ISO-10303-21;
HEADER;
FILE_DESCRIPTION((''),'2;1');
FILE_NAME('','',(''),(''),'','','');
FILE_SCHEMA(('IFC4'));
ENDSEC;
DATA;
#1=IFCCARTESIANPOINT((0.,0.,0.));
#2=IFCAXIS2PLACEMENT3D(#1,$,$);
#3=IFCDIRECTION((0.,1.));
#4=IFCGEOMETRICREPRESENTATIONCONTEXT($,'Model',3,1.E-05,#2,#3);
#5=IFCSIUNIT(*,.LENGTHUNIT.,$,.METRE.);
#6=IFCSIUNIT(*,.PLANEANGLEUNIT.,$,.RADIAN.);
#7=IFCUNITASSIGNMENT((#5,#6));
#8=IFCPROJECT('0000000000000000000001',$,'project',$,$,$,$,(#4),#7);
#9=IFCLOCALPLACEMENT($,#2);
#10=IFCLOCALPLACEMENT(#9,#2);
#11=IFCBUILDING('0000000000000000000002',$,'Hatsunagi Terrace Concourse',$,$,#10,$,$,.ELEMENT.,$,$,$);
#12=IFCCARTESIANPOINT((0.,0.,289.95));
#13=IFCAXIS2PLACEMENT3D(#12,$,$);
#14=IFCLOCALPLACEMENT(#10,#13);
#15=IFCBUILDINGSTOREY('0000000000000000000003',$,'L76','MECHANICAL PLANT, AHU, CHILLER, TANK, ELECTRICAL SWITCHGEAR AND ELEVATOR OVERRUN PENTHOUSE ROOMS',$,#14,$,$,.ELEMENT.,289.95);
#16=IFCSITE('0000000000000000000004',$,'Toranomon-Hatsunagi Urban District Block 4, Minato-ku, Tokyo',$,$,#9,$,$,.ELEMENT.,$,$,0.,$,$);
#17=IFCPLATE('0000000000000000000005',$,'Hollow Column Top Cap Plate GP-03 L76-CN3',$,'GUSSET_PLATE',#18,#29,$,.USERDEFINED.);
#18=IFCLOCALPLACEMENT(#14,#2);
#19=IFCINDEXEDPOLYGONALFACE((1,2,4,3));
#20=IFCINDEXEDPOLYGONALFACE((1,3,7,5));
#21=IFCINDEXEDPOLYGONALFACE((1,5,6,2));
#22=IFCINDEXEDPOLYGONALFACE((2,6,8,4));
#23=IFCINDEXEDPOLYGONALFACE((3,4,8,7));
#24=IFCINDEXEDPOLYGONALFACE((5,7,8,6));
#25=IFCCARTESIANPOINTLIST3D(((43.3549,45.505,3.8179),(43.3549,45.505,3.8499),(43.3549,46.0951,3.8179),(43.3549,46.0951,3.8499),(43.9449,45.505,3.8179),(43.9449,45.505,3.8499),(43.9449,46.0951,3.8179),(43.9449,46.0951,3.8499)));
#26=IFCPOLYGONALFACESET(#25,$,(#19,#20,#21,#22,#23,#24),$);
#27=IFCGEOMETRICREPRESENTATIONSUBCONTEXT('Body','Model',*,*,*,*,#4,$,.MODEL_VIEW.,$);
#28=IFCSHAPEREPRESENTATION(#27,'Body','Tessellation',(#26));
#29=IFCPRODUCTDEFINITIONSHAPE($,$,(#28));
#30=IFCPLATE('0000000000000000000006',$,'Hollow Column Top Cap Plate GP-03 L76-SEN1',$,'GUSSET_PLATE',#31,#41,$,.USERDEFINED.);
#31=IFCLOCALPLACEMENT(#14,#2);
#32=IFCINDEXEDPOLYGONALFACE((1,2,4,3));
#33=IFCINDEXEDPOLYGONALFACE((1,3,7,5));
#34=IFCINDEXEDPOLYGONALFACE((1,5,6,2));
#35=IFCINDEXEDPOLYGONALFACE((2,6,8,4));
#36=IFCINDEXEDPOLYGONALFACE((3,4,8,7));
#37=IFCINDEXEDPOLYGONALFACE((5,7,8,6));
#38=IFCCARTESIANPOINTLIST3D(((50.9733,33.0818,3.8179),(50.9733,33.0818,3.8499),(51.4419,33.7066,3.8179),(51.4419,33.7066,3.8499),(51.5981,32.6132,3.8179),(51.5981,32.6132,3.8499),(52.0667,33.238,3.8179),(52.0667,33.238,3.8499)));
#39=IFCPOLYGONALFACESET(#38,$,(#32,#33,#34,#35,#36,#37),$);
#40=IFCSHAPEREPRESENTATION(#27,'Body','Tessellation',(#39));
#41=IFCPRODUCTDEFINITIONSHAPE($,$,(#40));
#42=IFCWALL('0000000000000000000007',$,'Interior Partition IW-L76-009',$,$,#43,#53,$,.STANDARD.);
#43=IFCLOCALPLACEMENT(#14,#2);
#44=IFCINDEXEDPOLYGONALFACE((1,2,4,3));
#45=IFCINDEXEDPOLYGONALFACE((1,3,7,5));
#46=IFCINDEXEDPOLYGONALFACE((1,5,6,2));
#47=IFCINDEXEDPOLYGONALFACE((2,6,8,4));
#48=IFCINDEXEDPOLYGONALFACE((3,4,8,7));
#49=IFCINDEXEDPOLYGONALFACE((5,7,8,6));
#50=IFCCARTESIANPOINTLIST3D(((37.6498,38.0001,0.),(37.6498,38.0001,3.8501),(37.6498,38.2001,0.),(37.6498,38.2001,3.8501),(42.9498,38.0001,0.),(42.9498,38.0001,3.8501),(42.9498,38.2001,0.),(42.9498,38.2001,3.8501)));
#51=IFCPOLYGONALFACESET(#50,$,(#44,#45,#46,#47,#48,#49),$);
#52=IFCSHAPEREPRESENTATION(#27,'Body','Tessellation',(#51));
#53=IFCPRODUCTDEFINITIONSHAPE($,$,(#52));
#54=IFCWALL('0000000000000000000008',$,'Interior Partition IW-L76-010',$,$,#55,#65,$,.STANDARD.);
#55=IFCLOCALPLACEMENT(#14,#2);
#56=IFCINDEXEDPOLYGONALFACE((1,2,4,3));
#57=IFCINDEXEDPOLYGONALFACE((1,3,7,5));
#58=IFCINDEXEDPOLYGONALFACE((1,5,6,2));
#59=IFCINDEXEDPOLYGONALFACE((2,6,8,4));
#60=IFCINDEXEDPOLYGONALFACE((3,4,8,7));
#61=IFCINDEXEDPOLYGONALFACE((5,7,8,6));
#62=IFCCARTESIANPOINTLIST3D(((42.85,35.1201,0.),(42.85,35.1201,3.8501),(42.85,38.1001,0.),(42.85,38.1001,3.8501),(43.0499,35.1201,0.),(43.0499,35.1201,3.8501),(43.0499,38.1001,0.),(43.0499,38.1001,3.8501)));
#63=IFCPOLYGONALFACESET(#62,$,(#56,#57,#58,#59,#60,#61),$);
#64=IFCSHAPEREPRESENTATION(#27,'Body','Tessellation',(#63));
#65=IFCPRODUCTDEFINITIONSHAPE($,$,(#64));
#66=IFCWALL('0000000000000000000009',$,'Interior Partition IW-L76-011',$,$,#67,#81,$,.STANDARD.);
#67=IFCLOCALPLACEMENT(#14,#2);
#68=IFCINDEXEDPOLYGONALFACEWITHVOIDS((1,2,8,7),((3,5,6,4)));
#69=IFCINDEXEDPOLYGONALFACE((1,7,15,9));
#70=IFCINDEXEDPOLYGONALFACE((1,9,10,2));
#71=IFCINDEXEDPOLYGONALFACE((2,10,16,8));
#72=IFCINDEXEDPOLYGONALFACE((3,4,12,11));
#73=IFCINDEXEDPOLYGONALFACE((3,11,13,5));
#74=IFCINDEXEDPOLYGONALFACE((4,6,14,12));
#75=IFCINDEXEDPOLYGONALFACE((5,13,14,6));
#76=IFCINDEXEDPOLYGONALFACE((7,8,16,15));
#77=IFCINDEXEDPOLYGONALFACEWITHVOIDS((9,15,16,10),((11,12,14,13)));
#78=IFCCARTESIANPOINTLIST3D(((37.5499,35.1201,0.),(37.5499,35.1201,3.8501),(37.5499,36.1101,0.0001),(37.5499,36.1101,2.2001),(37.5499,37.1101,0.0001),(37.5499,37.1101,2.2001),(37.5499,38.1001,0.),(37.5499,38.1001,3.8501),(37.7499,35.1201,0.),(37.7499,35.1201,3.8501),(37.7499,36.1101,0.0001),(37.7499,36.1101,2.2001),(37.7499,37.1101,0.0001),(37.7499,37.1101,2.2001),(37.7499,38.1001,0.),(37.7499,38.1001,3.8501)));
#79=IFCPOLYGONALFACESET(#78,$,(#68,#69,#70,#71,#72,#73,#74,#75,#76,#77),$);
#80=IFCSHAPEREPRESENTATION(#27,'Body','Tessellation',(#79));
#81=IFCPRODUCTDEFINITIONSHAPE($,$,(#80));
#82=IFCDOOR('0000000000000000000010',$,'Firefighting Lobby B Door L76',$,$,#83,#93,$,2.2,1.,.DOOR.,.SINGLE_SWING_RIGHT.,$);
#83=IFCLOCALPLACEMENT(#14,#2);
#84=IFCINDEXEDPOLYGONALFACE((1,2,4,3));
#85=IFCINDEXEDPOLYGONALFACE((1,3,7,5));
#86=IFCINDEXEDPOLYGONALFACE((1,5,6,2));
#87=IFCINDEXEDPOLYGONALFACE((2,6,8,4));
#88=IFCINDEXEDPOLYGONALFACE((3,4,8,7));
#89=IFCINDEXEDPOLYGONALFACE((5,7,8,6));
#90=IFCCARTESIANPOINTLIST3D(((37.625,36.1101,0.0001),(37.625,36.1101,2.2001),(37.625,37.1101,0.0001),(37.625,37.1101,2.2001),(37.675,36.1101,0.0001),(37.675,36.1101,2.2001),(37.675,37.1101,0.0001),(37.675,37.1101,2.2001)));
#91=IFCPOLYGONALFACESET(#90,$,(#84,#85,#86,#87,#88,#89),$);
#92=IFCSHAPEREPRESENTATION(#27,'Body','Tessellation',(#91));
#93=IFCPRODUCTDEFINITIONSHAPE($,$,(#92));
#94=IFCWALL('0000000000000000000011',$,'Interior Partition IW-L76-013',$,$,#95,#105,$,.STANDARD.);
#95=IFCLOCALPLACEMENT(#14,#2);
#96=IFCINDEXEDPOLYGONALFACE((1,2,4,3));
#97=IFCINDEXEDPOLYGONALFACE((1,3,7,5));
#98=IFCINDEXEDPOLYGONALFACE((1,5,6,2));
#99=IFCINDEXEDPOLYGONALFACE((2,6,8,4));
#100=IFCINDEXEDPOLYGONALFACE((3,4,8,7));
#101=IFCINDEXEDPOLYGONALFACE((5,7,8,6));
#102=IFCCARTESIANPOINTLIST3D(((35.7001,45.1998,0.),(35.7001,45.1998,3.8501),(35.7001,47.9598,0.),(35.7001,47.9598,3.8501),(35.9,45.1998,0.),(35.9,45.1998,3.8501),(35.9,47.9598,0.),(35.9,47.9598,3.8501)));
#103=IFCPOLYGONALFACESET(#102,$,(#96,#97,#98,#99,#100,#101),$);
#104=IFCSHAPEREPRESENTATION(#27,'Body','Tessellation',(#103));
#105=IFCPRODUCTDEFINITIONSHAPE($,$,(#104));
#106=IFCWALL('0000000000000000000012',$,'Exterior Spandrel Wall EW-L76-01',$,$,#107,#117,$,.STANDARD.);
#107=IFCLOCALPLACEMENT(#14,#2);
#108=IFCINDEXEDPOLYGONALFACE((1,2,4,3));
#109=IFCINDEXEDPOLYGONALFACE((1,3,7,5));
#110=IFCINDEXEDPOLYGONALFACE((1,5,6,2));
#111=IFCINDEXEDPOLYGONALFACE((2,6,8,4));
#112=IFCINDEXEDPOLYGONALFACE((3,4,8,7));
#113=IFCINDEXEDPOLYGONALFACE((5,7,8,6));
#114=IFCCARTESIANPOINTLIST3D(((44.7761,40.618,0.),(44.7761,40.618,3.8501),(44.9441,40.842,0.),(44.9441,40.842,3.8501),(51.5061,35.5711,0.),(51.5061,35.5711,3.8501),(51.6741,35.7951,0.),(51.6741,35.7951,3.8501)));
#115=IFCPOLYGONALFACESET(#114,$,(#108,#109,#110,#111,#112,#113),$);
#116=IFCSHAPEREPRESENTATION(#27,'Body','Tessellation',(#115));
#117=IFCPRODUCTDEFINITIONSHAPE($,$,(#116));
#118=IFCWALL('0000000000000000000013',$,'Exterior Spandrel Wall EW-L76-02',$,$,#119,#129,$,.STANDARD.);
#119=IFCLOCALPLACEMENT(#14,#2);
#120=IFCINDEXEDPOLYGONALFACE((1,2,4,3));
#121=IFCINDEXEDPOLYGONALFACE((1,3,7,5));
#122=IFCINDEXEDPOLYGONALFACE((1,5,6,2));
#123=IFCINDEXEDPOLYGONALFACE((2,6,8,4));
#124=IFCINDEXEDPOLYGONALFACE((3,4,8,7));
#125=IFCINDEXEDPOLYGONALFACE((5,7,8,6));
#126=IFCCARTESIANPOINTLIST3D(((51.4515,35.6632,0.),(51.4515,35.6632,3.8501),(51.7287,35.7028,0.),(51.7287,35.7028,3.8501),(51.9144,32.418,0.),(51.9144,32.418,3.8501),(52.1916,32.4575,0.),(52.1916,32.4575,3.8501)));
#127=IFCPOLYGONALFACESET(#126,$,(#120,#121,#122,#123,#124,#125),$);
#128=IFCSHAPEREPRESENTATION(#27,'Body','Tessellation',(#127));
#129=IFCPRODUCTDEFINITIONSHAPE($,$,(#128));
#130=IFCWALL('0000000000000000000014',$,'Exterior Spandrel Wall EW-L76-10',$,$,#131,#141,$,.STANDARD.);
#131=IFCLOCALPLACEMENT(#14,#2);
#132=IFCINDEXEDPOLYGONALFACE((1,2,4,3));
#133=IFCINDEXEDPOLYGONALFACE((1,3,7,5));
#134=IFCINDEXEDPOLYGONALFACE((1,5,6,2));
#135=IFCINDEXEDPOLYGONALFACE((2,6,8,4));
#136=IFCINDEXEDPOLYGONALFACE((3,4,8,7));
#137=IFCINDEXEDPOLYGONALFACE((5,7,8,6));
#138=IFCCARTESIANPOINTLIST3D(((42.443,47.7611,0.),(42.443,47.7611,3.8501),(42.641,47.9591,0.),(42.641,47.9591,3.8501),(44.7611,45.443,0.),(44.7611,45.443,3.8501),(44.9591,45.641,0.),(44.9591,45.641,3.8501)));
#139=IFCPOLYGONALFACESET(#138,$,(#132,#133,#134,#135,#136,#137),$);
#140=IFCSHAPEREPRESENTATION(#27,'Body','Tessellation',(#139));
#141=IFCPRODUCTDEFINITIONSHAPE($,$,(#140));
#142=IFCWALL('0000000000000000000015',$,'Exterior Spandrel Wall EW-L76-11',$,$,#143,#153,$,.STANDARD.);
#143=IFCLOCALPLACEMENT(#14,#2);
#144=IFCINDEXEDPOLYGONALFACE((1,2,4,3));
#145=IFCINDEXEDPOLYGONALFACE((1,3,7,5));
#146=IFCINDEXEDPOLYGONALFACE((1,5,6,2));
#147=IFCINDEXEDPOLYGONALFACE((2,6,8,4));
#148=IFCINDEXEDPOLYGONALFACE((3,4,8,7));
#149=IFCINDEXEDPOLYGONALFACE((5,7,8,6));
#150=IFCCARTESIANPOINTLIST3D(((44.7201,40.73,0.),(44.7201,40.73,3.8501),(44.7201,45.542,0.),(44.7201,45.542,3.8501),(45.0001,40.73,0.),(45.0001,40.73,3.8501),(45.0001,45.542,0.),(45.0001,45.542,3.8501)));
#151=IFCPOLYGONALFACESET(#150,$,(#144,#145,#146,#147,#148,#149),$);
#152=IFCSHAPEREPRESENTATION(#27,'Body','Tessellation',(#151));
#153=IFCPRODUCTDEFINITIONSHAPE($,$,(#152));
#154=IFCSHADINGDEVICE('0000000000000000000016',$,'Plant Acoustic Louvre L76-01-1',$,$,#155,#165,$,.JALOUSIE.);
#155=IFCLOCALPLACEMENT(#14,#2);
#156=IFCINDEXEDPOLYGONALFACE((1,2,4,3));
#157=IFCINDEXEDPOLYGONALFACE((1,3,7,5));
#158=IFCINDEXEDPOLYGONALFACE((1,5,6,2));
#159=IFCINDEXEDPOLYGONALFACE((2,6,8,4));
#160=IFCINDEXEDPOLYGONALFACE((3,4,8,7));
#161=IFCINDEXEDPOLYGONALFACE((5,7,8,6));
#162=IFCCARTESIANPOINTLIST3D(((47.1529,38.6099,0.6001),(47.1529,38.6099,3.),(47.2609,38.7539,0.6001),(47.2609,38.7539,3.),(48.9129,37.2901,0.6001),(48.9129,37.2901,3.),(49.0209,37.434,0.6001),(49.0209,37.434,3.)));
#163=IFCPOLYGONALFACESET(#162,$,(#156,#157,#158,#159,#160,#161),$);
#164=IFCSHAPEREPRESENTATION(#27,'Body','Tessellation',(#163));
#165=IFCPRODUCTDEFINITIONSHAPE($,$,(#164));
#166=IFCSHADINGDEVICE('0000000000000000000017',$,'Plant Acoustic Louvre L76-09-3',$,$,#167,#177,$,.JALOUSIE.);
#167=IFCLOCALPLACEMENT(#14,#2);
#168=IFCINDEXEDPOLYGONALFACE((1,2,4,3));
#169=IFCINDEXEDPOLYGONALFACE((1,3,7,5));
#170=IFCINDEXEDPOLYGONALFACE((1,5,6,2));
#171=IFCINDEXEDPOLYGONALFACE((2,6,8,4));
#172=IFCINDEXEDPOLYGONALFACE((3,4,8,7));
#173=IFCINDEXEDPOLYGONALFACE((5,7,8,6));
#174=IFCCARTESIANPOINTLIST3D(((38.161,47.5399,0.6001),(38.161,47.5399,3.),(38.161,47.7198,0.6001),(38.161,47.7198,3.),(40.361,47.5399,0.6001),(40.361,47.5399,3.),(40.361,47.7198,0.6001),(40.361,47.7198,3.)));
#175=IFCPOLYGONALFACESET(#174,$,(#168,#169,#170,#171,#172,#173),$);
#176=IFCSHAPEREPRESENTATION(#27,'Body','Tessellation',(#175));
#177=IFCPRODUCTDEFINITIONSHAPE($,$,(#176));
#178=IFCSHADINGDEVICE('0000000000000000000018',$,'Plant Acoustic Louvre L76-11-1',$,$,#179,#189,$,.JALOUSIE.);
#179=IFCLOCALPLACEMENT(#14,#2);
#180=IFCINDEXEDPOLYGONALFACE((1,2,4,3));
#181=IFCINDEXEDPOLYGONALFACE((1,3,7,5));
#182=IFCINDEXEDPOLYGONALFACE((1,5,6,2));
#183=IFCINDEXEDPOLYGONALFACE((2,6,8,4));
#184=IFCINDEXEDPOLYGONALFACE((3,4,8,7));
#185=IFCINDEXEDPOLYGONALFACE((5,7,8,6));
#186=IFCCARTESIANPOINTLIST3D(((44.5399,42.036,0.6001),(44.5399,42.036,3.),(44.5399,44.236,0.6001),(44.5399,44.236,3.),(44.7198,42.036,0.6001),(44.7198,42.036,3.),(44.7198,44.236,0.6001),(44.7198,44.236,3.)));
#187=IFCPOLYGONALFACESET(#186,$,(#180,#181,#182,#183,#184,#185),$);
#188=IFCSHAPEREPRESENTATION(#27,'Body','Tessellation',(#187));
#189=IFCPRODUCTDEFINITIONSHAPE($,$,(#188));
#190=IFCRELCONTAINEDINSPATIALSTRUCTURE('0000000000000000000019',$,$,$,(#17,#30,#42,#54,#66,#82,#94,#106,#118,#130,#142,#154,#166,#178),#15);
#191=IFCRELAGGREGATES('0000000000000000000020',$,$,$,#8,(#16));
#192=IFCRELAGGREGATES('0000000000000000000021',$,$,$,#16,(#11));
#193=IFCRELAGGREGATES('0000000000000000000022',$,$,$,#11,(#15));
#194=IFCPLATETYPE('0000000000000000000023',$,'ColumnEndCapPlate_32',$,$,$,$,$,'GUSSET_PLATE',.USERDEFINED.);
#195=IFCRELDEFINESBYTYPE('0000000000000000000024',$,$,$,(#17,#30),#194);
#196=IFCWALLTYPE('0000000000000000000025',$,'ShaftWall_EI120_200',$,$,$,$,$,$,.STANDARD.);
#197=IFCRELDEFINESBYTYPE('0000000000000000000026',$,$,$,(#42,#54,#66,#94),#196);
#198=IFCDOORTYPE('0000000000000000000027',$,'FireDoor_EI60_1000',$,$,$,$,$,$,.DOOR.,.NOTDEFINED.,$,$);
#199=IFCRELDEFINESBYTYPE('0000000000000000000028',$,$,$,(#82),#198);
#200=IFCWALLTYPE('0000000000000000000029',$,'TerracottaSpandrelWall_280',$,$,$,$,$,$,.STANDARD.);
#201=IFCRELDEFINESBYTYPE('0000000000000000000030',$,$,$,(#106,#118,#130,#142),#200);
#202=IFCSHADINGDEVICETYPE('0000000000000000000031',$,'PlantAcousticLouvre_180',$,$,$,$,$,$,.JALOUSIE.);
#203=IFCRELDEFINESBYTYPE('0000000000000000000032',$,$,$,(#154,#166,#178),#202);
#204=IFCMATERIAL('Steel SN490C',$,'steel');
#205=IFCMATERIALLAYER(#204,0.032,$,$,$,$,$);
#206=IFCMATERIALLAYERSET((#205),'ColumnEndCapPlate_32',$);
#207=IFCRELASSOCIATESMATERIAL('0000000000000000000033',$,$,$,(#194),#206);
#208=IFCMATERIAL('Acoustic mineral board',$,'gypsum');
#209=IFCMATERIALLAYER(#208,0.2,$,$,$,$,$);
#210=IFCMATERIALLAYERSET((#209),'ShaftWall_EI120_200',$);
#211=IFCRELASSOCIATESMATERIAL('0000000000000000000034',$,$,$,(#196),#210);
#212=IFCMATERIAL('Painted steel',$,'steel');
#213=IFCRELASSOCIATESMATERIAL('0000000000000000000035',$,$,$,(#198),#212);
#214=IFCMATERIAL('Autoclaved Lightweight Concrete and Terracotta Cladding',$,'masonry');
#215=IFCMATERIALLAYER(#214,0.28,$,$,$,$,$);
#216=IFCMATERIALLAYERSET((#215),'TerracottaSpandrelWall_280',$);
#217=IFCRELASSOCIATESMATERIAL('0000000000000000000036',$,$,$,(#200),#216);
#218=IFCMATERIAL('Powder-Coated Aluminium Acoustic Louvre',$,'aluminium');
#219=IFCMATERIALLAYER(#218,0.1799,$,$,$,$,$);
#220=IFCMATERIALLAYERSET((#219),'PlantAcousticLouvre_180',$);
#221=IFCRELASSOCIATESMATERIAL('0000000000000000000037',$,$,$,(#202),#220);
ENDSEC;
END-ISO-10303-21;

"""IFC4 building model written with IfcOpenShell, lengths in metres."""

from ifc_helpers import new_model, si_unit, direction, frame, frame_2d, origin, origin_2d, place, context, subcontext, project, spatial, rectangle, extrude, material, layer, layer_set, type_object, element, fill, save


model = new_model("IFC4")

# Units and contexts
model_context = context("Model", 3, precision=1e-05, world=origin(), true_north=direction((0.0, 1.0)))
body_context = subcontext(model_context, "Body", "Model", "MODEL_VIEW")
ifc_project = project(units=[si_unit("LENGTHUNIT", "METRE"), si_unit("PLANEANGLEUNIT", "RADIAN")], contexts=[model_context])

# Site, building, storey
site_placement = place(None, origin())
site = spatial("IfcSite", under=ifc_project, at=site_placement, Name="Toranomon-Hatsunagi Urban District Block 4, Minato-ku, Tokyo", CompositionType="ELEMENT", RefElevation=0.0)
building_placement = place(site_placement, origin())
building = spatial("IfcBuilding", under=site, at=building_placement, Name="Hatsunagi Terrace Concourse", CompositionType="ELEMENT")
storey_placement = place(building_placement, frame((0.0, 0.0, 289.95)))
storey = spatial("IfcBuildingStorey", under=building, at=storey_placement, Name="L76", Description="MECHANICAL PLANT, AHU, CHILLER, TANK, ELECTRICAL SWITCHGEAR AND ELEVATOR OVERRUN PENTHOUSE ROOMS", CompositionType="ELEMENT", Elevation=289.95)

# Plates
ifc_material_1 = material(Name="Steel SN490C", Category="steel")
ifc_layer_1 = layer(ifc_material_1, 0.032)
ifc_layer_set_1 = layer_set([ifc_layer_1], Name="ColumnEndCapPlate_32")
plate_type = type_object("IfcPlateType", Name="ColumnEndCapPlate_32", ElementType="GUSSET_PLATE", PredefinedType="USERDEFINED", material=ifc_layer_set_1)
for number, where, z_axis, x_axis, name in (
    (1, (43.6499, 45.8, 3.8179), (0.0, 0.0, 1.0), (1.0, 0.0, 0.0), "Hollow Column Top Cap Plate GP-03 L76-CN3"),
):
    element("IfcPlate", number, at=place(storey_placement, frame(where, z_axis=z_axis, x_axis=x_axis)), inside=storey, type_object=plate_type, Name=name, ObjectType="GUSSET_PLATE", PredefinedType="USERDEFINED", context=body_context, shape_type="SweptSolid", body=[
        extrude(rectangle(XDim=0.5901, YDim=0.5901, at=origin_2d()), origin(), (0.0, 0.0, 1.0), 0.032),
    ])
plate_placement = place(storey_placement, frame((51.52, 33.1599, 3.8179), z_axis=(0.0, 0.0, 1.0), x_axis=(0.8, -0.6, 0.0)))
element("IfcPlate", 2, at=plate_placement, inside=storey, type_object=plate_type, Name="Hollow Column Top Cap Plate GP-03 L76-SEN1", ObjectType="GUSSET_PLATE", PredefinedType="USERDEFINED", context=body_context, shape_type="SweptSolid", body=[
    extrude(rectangle(XDim=0.781, YDim=0.781, at=origin_2d()), origin(), (0.0, 0.0, 1.0), 0.032),
])

# Walls
ifc_material_2 = material(Name="Acoustic mineral board", Category="gypsum")
ifc_layer_2 = layer(ifc_material_2, 0.2)
ifc_layer_set_2 = layer_set([ifc_layer_2], Name="ShaftWall_EI120_200")
wall_type_1 = type_object("IfcWallType", Name="ShaftWall_EI120_200", PredefinedType="STANDARD", material=ifc_layer_set_2)
wall_1_placement = place(storey_placement, frame((37.6499, 38.1001, 0.0), z_axis=(0.0, 0.0, 1.0), x_axis=(1.0, 0.0, 0.0)))
element("IfcWall", 3, at=wall_1_placement, inside=storey, type_object=wall_type_1, Name="Interior Partition IW-L76-009", PredefinedType="STANDARD", context=body_context, shape_type="SweptSolid", body=[
    extrude(rectangle(XDim=5.3, YDim=0.2, at=frame_2d((2.6499, 0.0))), origin(), (0.0, 0.0, 1.0), 3.8501),
])
wall_2_placement = place(storey_placement, frame((42.95, 35.1201, 0.0), z_axis=(0.0, 0.0, 1.0), x_axis=(0.0, 1.0, 0.0)))
element("IfcWall", 4, at=wall_2_placement, inside=storey, type_object=wall_type_1, Name="Interior Partition IW-L76-010", PredefinedType="STANDARD", context=body_context, shape_type="SweptSolid", body=[
    extrude(rectangle(XDim=2.98, YDim=0.2, at=frame_2d((1.49, 0.0))), origin(), (0.0, 0.0, 1.0), 3.8501),
])

# Wall, opening, door
wall_3_placement = place(storey_placement, frame((37.6499, 35.1201, 0.0), z_axis=(0.0, 0.0, 1.0), x_axis=(0.0, 1.0, 0.0)))
wall_3 = element("IfcWall", 5, at=wall_3_placement, inside=storey, type_object=wall_type_1, Name="Interior Partition IW-L76-011", PredefinedType="STANDARD", context=body_context, shape_type="SweptSolid", body=[
    extrude(rectangle(XDim=2.98, YDim=0.2, at=frame_2d((1.49, 0.0))), origin(), (0.0, 0.0, 1.0), 3.8501),
])
opening_1_placement = place(wall_3_placement, frame((0.99, 0.0, 0.0)))
opening_1 = element("IfcOpeningElement", 6, at=opening_1_placement, cuts=wall_3, PredefinedType="OPENING", context=body_context, shape_type="SweptSolid", body=[
    extrude(rectangle(XDim=1.0, YDim=2.2, at=frame_2d((0.5, 1.1001))), frame((0.0, 0.1099, 0.0), z_axis=(0.0, -1.0, 0.0), x_axis=(1.0, 0.0, 0.0)), (0.0, 0.0, 1.0), 0.22),
])
ifc_material_3 = material(Name="Painted steel", Category="steel")
door_type_1 = type_object("IfcDoorType", Name="FireDoor_EI60_1000", OperationType="NOTDEFINED", PredefinedType="DOOR", material=ifc_material_3)
door_1_placement = place(opening_1_placement, origin())
door_1 = element("IfcDoor", 7, at=door_1_placement, inside=storey, type_object=door_type_1, Name="Firefighting Lobby B Door L76", OperationType="SINGLE_SWING_RIGHT", OverallHeight=2.2, OverallWidth=1.0, PredefinedType="DOOR", context=body_context, shape_type="SweptSolid", body=[
    extrude(rectangle(XDim=1.0, YDim=2.2, at=frame_2d((0.5, 1.1001))), frame((0.0, 0.0249, 0.0), z_axis=(0.0, -1.0, 0.0), x_axis=(1.0, 0.0, 0.0)), (0.0, 0.0, 1.0), 0.05),
])
fill(opening_1, door_1)

# Walls
wall_4_placement = place(storey_placement, frame((35.8, 45.2, 0.0), z_axis=(0.0, 0.0, 1.0), x_axis=(0.0, 1.0, 0.0)))
element("IfcWall", 8, at=wall_4_placement, inside=storey, type_object=wall_type_1, Name="Interior Partition IW-L76-013", PredefinedType="STANDARD", context=body_context, shape_type="SweptSolid", body=[
    extrude(rectangle(XDim=2.76, YDim=0.2, at=frame_2d((1.3799, 0.0))), origin(), (0.0, 0.0, 1.0), 3.8501),
])
ifc_material_4 = material(Name="Autoclaved Lightweight Concrete and Terracotta Cladding", Category="masonry")
ifc_layer_3 = layer(ifc_material_4, 0.28)
ifc_layer_set_3 = layer_set([ifc_layer_3], Name="TerracottaSpandrelWall_280")
wall_type_2 = type_object("IfcWallType", Name="TerracottaSpandrelWall_280", PredefinedType="STANDARD", material=ifc_layer_set_3)
wall_5_placement = place(storey_placement, frame((44.8601, 40.73, 0.0), z_axis=(0.0, 0.0, 1.0), x_axis=(0.800035, -0.599954, 0.0)))
element("IfcWall", 9, at=wall_5_placement, inside=storey, type_object=wall_type_2, Name="Exterior Spandrel Wall EW-L76-01", PredefinedType="STANDARD", context=body_context, shape_type="SweptSolid", body=[
    extrude(rectangle(XDim=8.4121, YDim=0.28, at=frame_2d((4.2061, 0.0))), origin(), (0.0, 0.0, 1.0), 3.8501),
])
wall_6_placement = place(storey_placement, frame((51.5901, 35.6831, 0.0), z_axis=(0.0, 0.0, 1.0), x_axis=(0.141213, -0.989979, 0.0)))
element("IfcWall", 10, at=wall_6_placement, inside=storey, type_object=wall_type_2, Name="Exterior Spandrel Wall EW-L76-02", PredefinedType="STANDARD", context=body_context, shape_type="SweptSolid", body=[
    extrude(rectangle(XDim=3.2781, YDim=0.28, at=frame_2d((1.6392, 0.0))), origin(), (0.0, 0.0, 1.0), 3.8501),
])
wall_7_placement = place(storey_placement, frame((42.542, 47.8601, 0.0), z_axis=(0.0, 0.0, 1.0), x_axis=(0.707107, -0.707107, 0.0)))
element("IfcWall", 11, at=wall_7_placement, inside=storey, type_object=wall_type_2, Name="Exterior Spandrel Wall EW-L76-10", PredefinedType="STANDARD", context=body_context, shape_type="SweptSolid", body=[
    extrude(rectangle(XDim=3.2783, YDim=0.28, at=frame_2d((1.6392, 0.0))), origin(), (0.0, 0.0, 1.0), 3.8501),
])
wall_8_placement = place(storey_placement, frame((44.8601, 45.542, 0.0), z_axis=(0.0, 0.0, 1.0), x_axis=(0.0, -1.0, 0.0)))
element("IfcWall", 12, at=wall_8_placement, inside=storey, type_object=wall_type_2, Name="Exterior Spandrel Wall EW-L76-11", PredefinedType="STANDARD", context=body_context, shape_type="SweptSolid", body=[
    extrude(rectangle(XDim=4.812, YDim=0.28, at=frame_2d((2.406, 0.0))), origin(), (0.0, 0.0, 1.0), 3.8501),
])

# Shading devices
ifc_material_5 = material(Name="Powder-Coated Aluminium Acoustic Louvre", Category="aluminium")
ifc_layer_4 = layer(ifc_material_5, 0.1799)
ifc_layer_set_4 = layer_set([ifc_layer_4], Name="PlantAcousticLouvre_180")
shading_device_type = type_object("IfcShadingDeviceType", Name="PlantAcousticLouvre_180", PredefinedType="JALOUSIE", material=ifc_layer_set_4)
for number, where, z_axis, x_axis, name in (
    (13, (48.0869, 38.022, 0.6001), (0.0, 0.0, 1.0), (0.800028, -0.599962, 0.0), "Plant Acoustic Louvre L76-01-1"),
    (14, (39.261, 47.6299, 0.6001), (0.0, 0.0, 1.0), (1.0, 0.0, 0.0), "Plant Acoustic Louvre L76-09-3"),
    (15, (44.6299, 43.136, 0.6001), (0.0, 0.0, 1.0), (0.0, -1.0, 0.0), "Plant Acoustic Louvre L76-11-1"),
):
    element("IfcShadingDevice", number, at=place(storey_placement, frame(where, z_axis=z_axis, x_axis=x_axis)), inside=storey, type_object=shading_device_type, Name=name, PredefinedType="JALOUSIE", context=body_context, shape_type="SweptSolid", body=[
        extrude(rectangle(XDim=2.2, YDim=0.1799, at=origin_2d()), origin(), (0.0, 0.0, 1.0), 2.3999),
    ])

save(model, "model.ifc")
